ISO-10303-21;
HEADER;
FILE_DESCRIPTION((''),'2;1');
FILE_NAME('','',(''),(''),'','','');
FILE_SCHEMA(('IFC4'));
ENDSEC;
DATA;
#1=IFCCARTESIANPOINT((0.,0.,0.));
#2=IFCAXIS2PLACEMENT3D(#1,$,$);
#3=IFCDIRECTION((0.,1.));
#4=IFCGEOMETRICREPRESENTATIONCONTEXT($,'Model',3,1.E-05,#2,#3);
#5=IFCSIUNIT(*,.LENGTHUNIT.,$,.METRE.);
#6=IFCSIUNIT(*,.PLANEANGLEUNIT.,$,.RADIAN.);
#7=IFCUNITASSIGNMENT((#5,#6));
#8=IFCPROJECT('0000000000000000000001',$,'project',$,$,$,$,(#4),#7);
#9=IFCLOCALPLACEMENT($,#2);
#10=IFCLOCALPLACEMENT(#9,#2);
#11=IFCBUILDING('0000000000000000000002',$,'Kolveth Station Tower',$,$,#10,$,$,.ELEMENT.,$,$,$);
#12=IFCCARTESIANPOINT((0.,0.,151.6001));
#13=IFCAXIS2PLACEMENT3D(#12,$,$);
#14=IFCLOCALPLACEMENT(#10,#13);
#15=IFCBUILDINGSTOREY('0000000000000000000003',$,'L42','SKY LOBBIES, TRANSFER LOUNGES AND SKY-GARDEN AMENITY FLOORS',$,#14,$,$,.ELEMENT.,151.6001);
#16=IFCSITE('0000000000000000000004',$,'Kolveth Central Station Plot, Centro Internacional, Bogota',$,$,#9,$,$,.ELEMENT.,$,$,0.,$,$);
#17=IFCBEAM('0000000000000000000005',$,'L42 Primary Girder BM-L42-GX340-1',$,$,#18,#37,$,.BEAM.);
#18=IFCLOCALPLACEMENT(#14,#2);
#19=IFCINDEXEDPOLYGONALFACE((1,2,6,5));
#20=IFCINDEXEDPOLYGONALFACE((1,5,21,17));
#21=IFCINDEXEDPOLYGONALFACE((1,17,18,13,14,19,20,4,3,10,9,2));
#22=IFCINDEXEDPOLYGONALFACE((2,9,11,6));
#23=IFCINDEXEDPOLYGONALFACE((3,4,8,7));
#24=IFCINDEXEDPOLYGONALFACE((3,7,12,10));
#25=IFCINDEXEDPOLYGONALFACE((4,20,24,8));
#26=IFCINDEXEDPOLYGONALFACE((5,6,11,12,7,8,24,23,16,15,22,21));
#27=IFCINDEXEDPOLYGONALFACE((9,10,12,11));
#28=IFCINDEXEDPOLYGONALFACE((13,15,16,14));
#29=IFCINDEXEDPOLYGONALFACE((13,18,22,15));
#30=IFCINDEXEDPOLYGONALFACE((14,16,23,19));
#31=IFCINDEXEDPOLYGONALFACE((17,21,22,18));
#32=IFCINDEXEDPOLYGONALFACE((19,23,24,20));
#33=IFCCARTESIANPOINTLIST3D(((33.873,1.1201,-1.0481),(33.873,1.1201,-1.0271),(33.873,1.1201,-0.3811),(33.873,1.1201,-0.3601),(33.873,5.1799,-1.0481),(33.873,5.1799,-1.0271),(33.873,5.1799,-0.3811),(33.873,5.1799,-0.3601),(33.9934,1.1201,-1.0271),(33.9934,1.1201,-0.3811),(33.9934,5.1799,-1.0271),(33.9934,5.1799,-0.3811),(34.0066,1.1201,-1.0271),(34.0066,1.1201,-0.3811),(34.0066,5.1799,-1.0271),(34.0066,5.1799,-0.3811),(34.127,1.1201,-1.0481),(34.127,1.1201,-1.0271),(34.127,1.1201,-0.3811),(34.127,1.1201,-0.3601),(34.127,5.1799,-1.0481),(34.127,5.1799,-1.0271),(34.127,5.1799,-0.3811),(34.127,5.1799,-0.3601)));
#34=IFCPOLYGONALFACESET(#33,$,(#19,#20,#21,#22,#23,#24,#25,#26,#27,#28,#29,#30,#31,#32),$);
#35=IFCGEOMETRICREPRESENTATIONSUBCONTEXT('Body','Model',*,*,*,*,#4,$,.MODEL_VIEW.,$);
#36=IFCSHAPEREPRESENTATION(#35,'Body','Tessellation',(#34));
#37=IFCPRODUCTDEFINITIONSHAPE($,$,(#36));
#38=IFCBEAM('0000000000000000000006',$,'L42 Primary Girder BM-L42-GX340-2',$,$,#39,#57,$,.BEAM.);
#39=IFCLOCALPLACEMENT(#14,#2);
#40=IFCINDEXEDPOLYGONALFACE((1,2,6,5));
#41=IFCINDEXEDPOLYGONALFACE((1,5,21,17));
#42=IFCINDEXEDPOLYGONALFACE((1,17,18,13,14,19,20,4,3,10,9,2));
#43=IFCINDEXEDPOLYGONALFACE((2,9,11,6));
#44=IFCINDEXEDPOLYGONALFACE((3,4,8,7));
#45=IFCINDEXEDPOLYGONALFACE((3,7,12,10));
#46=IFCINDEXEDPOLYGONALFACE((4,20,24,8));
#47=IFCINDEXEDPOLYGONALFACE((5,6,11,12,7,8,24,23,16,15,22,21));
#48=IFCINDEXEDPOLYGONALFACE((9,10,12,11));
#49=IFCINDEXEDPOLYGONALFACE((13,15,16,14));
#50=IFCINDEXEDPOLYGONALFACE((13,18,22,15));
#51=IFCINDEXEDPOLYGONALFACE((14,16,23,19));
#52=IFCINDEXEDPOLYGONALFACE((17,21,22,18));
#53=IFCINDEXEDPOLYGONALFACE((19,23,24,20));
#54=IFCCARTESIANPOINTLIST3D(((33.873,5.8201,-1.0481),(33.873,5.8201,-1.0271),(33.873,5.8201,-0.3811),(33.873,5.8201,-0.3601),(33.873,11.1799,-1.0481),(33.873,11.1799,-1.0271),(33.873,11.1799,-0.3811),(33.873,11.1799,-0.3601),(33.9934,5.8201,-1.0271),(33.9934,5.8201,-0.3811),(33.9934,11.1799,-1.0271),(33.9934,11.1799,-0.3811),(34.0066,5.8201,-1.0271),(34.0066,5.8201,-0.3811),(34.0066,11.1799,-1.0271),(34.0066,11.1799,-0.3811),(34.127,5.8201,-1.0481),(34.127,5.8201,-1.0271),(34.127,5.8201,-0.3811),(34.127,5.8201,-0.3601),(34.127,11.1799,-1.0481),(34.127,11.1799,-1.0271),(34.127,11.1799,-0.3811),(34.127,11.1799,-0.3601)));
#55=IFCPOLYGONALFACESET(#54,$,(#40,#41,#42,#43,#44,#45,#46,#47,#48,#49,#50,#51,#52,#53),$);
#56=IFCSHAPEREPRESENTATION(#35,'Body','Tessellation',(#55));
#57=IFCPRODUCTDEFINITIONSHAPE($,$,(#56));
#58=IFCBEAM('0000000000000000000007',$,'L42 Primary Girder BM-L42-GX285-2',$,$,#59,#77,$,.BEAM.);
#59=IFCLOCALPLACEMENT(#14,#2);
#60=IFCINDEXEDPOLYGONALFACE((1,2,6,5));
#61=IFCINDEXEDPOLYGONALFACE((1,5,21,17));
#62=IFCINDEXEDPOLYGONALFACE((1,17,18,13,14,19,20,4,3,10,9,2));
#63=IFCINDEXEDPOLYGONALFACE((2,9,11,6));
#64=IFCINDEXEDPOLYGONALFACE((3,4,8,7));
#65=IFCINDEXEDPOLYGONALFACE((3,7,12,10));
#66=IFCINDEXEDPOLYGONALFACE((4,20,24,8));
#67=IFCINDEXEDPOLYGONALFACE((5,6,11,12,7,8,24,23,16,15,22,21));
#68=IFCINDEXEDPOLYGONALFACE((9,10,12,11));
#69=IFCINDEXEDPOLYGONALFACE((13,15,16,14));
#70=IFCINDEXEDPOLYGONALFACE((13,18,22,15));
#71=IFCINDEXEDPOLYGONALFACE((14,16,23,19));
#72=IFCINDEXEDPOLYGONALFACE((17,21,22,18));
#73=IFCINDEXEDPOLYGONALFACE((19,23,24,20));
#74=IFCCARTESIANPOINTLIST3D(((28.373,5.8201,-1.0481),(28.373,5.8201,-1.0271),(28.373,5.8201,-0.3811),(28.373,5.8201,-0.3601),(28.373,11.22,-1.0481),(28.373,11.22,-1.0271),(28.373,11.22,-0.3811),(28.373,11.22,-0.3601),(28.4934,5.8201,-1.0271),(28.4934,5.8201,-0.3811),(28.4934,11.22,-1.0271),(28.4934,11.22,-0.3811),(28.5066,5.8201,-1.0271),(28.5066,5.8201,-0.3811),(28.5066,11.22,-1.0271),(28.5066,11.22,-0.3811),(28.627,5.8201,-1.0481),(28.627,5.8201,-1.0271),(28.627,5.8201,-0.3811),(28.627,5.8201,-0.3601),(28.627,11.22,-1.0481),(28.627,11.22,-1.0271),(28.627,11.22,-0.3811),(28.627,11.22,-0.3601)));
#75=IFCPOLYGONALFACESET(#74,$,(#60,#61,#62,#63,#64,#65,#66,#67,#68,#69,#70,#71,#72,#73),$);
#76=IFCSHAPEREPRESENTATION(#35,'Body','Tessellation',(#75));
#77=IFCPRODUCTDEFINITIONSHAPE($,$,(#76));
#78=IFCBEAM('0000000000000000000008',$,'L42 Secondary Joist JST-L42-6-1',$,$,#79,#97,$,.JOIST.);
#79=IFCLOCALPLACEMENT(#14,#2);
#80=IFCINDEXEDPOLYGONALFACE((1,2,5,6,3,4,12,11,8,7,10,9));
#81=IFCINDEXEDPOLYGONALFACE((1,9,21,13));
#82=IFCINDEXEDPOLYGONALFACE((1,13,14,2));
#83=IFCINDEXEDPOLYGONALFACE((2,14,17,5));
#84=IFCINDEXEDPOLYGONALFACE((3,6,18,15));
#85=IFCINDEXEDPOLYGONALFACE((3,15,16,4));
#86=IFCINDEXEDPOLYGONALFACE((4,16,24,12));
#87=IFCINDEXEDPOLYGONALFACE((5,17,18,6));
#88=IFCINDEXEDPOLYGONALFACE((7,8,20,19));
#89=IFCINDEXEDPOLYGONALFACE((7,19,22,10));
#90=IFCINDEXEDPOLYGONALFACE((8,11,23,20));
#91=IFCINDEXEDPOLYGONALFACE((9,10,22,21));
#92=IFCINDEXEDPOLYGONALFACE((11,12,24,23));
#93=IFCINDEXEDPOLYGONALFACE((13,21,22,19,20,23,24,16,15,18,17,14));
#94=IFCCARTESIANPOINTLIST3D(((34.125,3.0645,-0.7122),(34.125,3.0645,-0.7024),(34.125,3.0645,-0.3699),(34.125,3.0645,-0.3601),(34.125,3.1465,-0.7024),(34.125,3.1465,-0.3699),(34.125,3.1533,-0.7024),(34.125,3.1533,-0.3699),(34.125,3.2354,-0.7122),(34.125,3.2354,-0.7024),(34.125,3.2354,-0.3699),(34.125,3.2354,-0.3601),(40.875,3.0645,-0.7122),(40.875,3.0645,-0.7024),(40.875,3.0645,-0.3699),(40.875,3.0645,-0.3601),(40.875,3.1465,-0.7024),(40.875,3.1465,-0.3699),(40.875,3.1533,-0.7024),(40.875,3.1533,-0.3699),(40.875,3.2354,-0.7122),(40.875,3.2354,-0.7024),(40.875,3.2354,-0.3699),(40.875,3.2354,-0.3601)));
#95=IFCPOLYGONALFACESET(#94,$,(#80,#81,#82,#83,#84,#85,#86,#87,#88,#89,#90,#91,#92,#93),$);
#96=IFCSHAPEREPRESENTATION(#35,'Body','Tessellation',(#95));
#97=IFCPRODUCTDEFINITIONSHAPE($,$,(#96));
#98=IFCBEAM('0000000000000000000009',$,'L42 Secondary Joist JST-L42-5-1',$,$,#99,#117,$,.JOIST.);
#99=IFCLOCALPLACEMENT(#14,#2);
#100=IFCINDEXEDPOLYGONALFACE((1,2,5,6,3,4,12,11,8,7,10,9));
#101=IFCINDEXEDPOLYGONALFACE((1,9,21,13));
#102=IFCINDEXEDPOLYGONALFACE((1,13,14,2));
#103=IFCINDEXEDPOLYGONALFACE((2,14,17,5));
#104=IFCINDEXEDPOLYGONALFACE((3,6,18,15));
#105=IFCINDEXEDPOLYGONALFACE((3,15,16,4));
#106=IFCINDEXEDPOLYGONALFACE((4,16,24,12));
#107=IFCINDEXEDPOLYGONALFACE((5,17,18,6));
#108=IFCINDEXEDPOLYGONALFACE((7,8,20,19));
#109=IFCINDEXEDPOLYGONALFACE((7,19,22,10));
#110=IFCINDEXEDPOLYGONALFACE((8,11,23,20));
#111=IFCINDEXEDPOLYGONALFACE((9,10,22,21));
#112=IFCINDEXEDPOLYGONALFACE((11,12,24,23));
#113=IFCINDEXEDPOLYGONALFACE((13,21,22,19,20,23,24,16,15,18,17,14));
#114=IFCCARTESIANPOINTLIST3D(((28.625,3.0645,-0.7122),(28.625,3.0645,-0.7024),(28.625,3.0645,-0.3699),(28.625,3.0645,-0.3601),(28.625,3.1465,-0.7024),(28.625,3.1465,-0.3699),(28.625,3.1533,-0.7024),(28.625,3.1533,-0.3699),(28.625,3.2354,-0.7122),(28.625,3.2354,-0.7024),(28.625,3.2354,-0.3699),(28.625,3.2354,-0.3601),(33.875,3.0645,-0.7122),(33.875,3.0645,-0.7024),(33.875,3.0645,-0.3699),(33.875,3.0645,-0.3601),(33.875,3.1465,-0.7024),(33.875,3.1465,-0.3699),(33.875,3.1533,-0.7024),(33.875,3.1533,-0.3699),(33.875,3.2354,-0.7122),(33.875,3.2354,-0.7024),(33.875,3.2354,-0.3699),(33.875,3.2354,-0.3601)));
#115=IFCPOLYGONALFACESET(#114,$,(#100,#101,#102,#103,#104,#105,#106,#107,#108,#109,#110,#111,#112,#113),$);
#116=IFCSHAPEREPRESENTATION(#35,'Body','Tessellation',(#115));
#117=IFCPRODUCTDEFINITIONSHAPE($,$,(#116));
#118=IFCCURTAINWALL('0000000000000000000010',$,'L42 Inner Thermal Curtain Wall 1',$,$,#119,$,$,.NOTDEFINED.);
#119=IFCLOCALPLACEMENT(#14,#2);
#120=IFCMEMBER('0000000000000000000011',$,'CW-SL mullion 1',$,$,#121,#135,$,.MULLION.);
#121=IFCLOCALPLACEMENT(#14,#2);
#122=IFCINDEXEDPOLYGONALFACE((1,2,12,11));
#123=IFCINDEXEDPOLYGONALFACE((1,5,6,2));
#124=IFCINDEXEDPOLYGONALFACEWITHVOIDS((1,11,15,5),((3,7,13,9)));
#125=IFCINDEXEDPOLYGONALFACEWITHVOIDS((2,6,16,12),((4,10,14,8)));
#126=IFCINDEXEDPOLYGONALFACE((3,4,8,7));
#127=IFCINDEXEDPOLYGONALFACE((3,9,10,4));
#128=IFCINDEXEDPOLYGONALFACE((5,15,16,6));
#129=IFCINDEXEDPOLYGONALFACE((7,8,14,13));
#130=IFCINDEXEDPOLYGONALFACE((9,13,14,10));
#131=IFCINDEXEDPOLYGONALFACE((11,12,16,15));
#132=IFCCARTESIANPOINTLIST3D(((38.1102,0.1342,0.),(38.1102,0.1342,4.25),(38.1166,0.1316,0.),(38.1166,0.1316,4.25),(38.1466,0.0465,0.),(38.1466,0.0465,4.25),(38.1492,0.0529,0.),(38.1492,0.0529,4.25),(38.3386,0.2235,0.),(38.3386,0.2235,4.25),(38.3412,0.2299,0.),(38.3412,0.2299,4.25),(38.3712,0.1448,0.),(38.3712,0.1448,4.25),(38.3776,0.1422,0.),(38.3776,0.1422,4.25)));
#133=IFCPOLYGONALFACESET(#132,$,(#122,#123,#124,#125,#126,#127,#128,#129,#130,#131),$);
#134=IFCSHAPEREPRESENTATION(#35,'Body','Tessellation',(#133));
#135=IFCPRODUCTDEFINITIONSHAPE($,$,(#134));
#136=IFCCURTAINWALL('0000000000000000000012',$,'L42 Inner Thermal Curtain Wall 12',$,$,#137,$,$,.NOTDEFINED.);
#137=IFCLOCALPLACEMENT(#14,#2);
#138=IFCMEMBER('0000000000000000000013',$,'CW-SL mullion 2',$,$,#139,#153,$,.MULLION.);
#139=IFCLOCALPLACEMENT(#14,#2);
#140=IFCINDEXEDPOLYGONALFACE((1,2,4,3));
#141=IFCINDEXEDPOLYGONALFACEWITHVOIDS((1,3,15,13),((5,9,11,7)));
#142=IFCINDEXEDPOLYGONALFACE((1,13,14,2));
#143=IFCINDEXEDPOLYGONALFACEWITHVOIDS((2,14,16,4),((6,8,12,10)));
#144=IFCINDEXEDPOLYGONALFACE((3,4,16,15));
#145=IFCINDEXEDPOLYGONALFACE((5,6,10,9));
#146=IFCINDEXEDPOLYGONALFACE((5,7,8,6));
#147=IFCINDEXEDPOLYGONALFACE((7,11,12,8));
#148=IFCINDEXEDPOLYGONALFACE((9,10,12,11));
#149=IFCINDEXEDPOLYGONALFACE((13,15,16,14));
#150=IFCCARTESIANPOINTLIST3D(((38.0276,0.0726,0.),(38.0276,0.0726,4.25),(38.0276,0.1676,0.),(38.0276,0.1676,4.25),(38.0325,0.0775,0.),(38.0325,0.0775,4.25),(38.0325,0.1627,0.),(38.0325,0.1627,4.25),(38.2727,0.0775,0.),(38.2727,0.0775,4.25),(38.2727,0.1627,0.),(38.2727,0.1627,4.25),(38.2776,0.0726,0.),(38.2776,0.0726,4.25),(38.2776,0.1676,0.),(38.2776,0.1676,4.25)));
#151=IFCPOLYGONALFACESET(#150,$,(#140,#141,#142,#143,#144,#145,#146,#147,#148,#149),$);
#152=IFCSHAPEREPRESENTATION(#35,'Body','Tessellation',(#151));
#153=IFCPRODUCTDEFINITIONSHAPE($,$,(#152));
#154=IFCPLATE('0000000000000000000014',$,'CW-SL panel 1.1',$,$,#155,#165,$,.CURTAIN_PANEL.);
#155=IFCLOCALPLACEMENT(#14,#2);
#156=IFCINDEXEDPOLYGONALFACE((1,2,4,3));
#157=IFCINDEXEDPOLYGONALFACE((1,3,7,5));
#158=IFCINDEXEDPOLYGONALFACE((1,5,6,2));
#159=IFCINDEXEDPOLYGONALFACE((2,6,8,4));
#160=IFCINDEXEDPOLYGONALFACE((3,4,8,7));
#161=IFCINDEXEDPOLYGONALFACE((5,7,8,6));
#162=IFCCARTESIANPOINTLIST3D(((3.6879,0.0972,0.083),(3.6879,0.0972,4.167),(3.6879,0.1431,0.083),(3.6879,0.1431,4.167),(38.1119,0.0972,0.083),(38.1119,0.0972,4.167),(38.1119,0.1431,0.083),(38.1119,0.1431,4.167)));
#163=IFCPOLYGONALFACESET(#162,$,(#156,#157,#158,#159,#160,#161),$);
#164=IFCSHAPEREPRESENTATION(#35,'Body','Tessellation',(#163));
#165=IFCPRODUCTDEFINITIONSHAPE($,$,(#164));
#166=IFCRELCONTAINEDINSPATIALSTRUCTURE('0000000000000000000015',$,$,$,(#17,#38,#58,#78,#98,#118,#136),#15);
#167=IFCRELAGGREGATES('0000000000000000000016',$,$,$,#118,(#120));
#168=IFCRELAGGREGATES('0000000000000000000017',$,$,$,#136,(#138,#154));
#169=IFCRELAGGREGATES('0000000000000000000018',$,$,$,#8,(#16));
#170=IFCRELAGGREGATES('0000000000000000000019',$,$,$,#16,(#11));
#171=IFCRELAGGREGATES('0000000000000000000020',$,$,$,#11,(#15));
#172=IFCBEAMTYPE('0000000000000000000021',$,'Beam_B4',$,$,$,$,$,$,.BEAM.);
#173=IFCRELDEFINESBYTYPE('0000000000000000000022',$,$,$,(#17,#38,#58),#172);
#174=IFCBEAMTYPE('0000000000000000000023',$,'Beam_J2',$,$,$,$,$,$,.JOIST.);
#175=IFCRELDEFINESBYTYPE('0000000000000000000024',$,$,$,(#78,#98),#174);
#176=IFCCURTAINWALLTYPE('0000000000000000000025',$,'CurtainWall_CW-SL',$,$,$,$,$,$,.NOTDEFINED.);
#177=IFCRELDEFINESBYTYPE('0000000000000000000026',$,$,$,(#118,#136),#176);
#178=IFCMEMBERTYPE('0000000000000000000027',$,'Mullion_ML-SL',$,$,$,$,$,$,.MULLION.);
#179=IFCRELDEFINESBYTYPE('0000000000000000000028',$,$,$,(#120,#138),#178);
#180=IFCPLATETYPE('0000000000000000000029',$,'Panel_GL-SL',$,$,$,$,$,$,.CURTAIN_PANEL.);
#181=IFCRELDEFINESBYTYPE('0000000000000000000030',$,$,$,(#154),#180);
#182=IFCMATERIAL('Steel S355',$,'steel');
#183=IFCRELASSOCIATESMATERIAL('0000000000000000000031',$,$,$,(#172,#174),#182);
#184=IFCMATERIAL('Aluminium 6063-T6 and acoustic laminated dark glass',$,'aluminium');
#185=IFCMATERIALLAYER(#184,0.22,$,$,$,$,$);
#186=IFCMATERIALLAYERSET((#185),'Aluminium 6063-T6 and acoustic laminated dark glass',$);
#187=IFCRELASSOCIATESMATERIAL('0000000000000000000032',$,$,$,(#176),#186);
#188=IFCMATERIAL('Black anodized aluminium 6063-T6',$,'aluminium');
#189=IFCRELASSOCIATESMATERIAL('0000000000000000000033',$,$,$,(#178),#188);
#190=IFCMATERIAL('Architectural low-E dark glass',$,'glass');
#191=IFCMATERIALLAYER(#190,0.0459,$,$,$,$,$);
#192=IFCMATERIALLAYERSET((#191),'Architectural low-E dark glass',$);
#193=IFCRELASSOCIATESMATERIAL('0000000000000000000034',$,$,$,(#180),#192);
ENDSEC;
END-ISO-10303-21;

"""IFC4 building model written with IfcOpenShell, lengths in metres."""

from ifc_helpers import new_model, si_unit, direction, frame, origin, origin_2d, place, context, subcontext, project, spatial, rectangle, hollow_rectangle, i_section, extrude, source, transform, mapped, material, layer, layer_set, material_profile, profile_set, type_object, element, aggregate, save


model = new_model("IFC4")

# Units and contexts
model_context = context("Model", 3, precision=1e-05, world=origin(), true_north=direction((0.0, 1.0)))
body_context = subcontext(model_context, "Body", "Model", "MODEL_VIEW")
ifc_project = project(units=[si_unit("LENGTHUNIT", "METRE"), si_unit("PLANEANGLEUNIT", "RADIAN")], contexts=[model_context])

# Site, building, storey
site_placement = place(None, origin())
site = spatial("IfcSite", under=ifc_project, at=site_placement, Name="Kolveth Central Station Plot, Centro Internacional, Bogota", CompositionType="ELEMENT", RefElevation=0.0)
building_placement = place(site_placement, origin())
building = spatial("IfcBuilding", under=site, at=building_placement, Name="Kolveth Station Tower", CompositionType="ELEMENT")
storey_placement = place(building_placement, frame((0.0, 0.0, 151.6001)))
storey = spatial("IfcBuildingStorey", under=building, at=storey_placement, Name="L42", Description="SKY LOBBIES, TRANSFER LOUNGES AND SKY-GARDEN AMENITY FLOORS", CompositionType="ELEMENT", Elevation=151.6001)

# Shared definitions
ifc_material_1 = material(Name="Steel S355", Category="steel")

# Beams
ifc_material_profile_1 = material_profile(ifc_material_1, i_section(OverallWidth=0.2539, OverallDepth=0.688, WebThickness=0.0132, FlangeThickness=0.021, at=origin_2d()), Name="W690x152")
ifc_profile_set_1 = profile_set([ifc_material_profile_1], Name="Steel S355")
beam_type_1 = type_object("IfcBeamType", Name="Beam_B4", PredefinedType="BEAM", material=ifc_profile_set_1)
shared_shape_1 = source(origin(), body_context, "Body", "SweptSolid", [
    extrude(i_section(OverallWidth=0.2539, OverallDepth=0.688, WebThickness=0.0132, FlangeThickness=0.021, at=origin_2d()), origin(), (0.0, 0.0, 1.0), 4.0598),
])
for number, where, z_axis, x_axis, name in (
    (1, (34.0, 1.1201, -0.7041), (0.0, 1.0, 0.0), (-1.0, 0.0, 0.0), "L42 Primary Girder BM-L42-GX340-1"),
):
    element("IfcBeam", number, at=place(storey_placement, frame(where, z_axis=z_axis, x_axis=x_axis)), inside=storey, type_object=beam_type_1, Name=name, PredefinedType="BEAM", context=body_context, shape_type="MappedRepresentation", body=[
        mapped(shared_shape_1, transform((0.0, 0.0, 0.0), x_axis=(1.0, 0.0, 0.0), y_axis=(0.0, 1.0, 0.0), z_axis=(0.0, 0.0, 1.0), scale=1.0)),
    ])
shared_shape_2 = source(origin(), body_context, "Body", "SweptSolid", [
    extrude(i_section(OverallWidth=0.2539, OverallDepth=0.688, WebThickness=0.0132, FlangeThickness=0.021, at=origin_2d()), origin(), (0.0, 0.0, 1.0), 5.3599),
])
beam_1_placement = place(storey_placement, frame((34.0, 5.8201, -0.7041), z_axis=(0.0, 1.0, 0.0), x_axis=(-1.0, 0.0, 0.0)))
element("IfcBeam", 2, at=beam_1_placement, inside=storey, type_object=beam_type_1, Name="L42 Primary Girder BM-L42-GX340-2", PredefinedType="BEAM", context=body_context, shape_type="MappedRepresentation", body=[
    mapped(shared_shape_2, transform((0.0, 0.0, 0.0), x_axis=(1.0, 0.0, 0.0), y_axis=(0.0, 1.0, 0.0), z_axis=(0.0, 0.0, 1.0), scale=1.0)),
])
shared_shape_3 = source(origin(), body_context, "Body", "SweptSolid", [
    extrude(i_section(OverallWidth=0.2539, OverallDepth=0.688, WebThickness=0.0132, FlangeThickness=0.021, at=origin_2d()), origin(), (0.0, 0.0, 1.0), 5.3999),
])
beam_2_placement = place(storey_placement, frame((28.5, 5.8201, -0.7041), z_axis=(0.0, 1.0, 0.0), x_axis=(-1.0, 0.0, 0.0)))
element("IfcBeam", 3, at=beam_2_placement, inside=storey, type_object=beam_type_1, Name="L42 Primary Girder BM-L42-GX285-2", PredefinedType="BEAM", context=body_context, shape_type="MappedRepresentation", body=[
    mapped(shared_shape_3, transform((0.0, 0.0, 0.0), x_axis=(1.0, 0.0, 0.0), y_axis=(0.0, 1.0, 0.0), z_axis=(0.0, 0.0, 1.0), scale=1.0)),
])
ifc_material_profile_2 = material_profile(ifc_material_1, i_section(OverallWidth=0.1709, OverallDepth=0.3521, WebThickness=0.0068, FlangeThickness=0.0098, at=origin_2d()), Name="W360x44")
ifc_profile_set_2 = profile_set([ifc_material_profile_2], Name="Steel S355")
beam_type_2 = type_object("IfcBeamType", Name="Beam_J2", PredefinedType="JOIST", material=ifc_profile_set_2)
shared_shape_4 = source(origin(), body_context, "Body", "SweptSolid", [
    extrude(i_section(OverallWidth=0.1709, OverallDepth=0.3521, WebThickness=0.0068, FlangeThickness=0.0098, at=origin_2d()), origin(), (0.0, 0.0, 1.0), 6.75),
])
beam_3_placement = place(storey_placement, frame((34.125, 3.1499, -0.5361), z_axis=(1.0, 0.0, 0.0), x_axis=(0.0, 1.0, 0.0)))
element("IfcBeam", 4, at=beam_3_placement, inside=storey, type_object=beam_type_2, Name="L42 Secondary Joist JST-L42-6-1", PredefinedType="JOIST", context=body_context, shape_type="MappedRepresentation", body=[
    mapped(shared_shape_4, transform((0.0, 0.0, 0.0), x_axis=(1.0, 0.0, 0.0), y_axis=(0.0, 1.0, 0.0), z_axis=(0.0, 0.0, 1.0), scale=1.0)),
])
shared_shape_5 = source(origin(), body_context, "Body", "SweptSolid", [
    extrude(i_section(OverallWidth=0.1709, OverallDepth=0.3521, WebThickness=0.0068, FlangeThickness=0.0098, at=origin_2d()), origin(), (0.0, 0.0, 1.0), 5.25),
])
beam_4_placement = place(storey_placement, frame((28.625, 3.1499, -0.5361), z_axis=(1.0, 0.0, 0.0), x_axis=(0.0, 1.0, 0.0)))
element("IfcBeam", 5, at=beam_4_placement, inside=storey, type_object=beam_type_2, Name="L42 Secondary Joist JST-L42-5-1", PredefinedType="JOIST", context=body_context, shape_type="MappedRepresentation", body=[
    mapped(shared_shape_5, transform((0.0, 0.0, 0.0), x_axis=(1.0, 0.0, 0.0), y_axis=(0.0, 1.0, 0.0), z_axis=(0.0, 0.0, 1.0), scale=1.0)),
])

# Curtain wall, member
ifc_material_2 = material(Name="Aluminium 6063-T6 and acoustic laminated dark glass", Category="aluminium")
ifc_layer_1 = layer(ifc_material_2, 0.22)
ifc_layer_set_1 = layer_set([ifc_layer_1], Name="Aluminium 6063-T6 and acoustic laminated dark glass")
curtain_wall_type = type_object("IfcCurtainWallType", Name="CurtainWall_CW-SL", PredefinedType="NOTDEFINED", material=ifc_layer_set_1)
curtain_wall_1_placement = place(storey_placement, origin())
curtain_wall_1 = element("IfcCurtainWall", 6, at=curtain_wall_1_placement, inside=storey, type_object=curtain_wall_type, Name="L42 Inner Thermal Curtain Wall 1", PredefinedType="NOTDEFINED")
ifc_material_3 = material(Name="Black anodized aluminium 6063-T6", Category="aluminium")
ifc_material_profile_3 = material_profile(ifc_material_3, hollow_rectangle(XDim=0.095, YDim=0.25, WallThickness=0.0049, at=origin_2d()), Name="ALU-95x250x5")
ifc_profile_set_3 = profile_set([ifc_material_profile_3], Name="Black anodized aluminium 6063-T6")
member_type = type_object("IfcMemberType", Name="Mullion_ML-SL", PredefinedType="MULLION", material=ifc_profile_set_3)
shared_shape_6 = source(origin(), body_context, "Body", "SweptSolid", [
    extrude(hollow_rectangle(XDim=0.095, YDim=0.25, WallThickness=0.0049, at=origin_2d()), origin(), (0.0, 0.0, 1.0), 4.25),
])
member_1_placement = place(storey_placement, frame((38.2439, 0.1382, 0.0), z_axis=(0.0, 0.0, 1.0), x_axis=(-0.382698, 0.923874, 0.0)))
member_1 = element("IfcMember", 7, at=member_1_placement, type_object=member_type, Name="CW-SL mullion 1", PredefinedType="MULLION", context=body_context, shape_type="MappedRepresentation", body=[
    mapped(shared_shape_6, transform((0.0, 0.0, 0.0), x_axis=(1.0, 0.0, 0.0), y_axis=(0.0, 1.0, 0.0), z_axis=(0.0, 0.0, 1.0), scale=1.0)),
])
aggregate(curtain_wall_1, [member_1])

# Curtain wall, member, plate
curtain_wall_2_placement = place(storey_placement, origin())
curtain_wall_2 = element("IfcCurtainWall", 8, at=curtain_wall_2_placement, inside=storey, type_object=curtain_wall_type, Name="L42 Inner Thermal Curtain Wall 12", PredefinedType="NOTDEFINED")
member_2_placement = place(storey_placement, frame((38.1526, 0.1201, 0.0), z_axis=(0.0, 0.0, 1.0), x_axis=(0.0, 1.0, 0.0)))
member_2 = element("IfcMember", 9, at=member_2_placement, type_object=member_type, Name="CW-SL mullion 2", PredefinedType="MULLION", context=body_context, shape_type="MappedRepresentation", body=[
    mapped(shared_shape_6, transform((0.0, 0.0, 0.0), x_axis=(1.0, 0.0, 0.0), y_axis=(0.0, 1.0, 0.0), z_axis=(0.0, 0.0, 1.0), scale=1.0)),
])
ifc_material_4 = material(Name="Architectural low-E dark glass", Category="glass")
ifc_layer_2 = layer(ifc_material_4, 0.0459)
ifc_layer_set_2 = layer_set([ifc_layer_2], Name="Architectural low-E dark glass")
plate_type = type_object("IfcPlateType", Name="Panel_GL-SL", PredefinedType="CURTAIN_PANEL", material=ifc_layer_set_2)
shared_shape_7 = source(origin(), body_context, "Body", "SweptSolid", [
    extrude(rectangle(XDim=34.4241, YDim=0.0459, at=origin_2d()), origin(), (0.0, 0.0, 1.0), 4.084),
])
plate_placement = place(storey_placement, frame((20.8999, 0.1201, 0.083), z_axis=(0.0, 0.0, 1.0), x_axis=(1.0, 0.0, 0.0)))
plate = element("IfcPlate", 10, at=plate_placement, type_object=plate_type, Name="CW-SL panel 1.1", PredefinedType="CURTAIN_PANEL", context=body_context, shape_type="MappedRepresentation", body=[
    mapped(shared_shape_7, transform((0.0, 0.0, 0.0), x_axis=(1.0, 0.0, 0.0), y_axis=(0.0, 1.0, 0.0), z_axis=(0.0, 0.0, 1.0), scale=1.0)),
])
aggregate(curtain_wall_2, [member_2, plate])

save(model, "model.ifc")
